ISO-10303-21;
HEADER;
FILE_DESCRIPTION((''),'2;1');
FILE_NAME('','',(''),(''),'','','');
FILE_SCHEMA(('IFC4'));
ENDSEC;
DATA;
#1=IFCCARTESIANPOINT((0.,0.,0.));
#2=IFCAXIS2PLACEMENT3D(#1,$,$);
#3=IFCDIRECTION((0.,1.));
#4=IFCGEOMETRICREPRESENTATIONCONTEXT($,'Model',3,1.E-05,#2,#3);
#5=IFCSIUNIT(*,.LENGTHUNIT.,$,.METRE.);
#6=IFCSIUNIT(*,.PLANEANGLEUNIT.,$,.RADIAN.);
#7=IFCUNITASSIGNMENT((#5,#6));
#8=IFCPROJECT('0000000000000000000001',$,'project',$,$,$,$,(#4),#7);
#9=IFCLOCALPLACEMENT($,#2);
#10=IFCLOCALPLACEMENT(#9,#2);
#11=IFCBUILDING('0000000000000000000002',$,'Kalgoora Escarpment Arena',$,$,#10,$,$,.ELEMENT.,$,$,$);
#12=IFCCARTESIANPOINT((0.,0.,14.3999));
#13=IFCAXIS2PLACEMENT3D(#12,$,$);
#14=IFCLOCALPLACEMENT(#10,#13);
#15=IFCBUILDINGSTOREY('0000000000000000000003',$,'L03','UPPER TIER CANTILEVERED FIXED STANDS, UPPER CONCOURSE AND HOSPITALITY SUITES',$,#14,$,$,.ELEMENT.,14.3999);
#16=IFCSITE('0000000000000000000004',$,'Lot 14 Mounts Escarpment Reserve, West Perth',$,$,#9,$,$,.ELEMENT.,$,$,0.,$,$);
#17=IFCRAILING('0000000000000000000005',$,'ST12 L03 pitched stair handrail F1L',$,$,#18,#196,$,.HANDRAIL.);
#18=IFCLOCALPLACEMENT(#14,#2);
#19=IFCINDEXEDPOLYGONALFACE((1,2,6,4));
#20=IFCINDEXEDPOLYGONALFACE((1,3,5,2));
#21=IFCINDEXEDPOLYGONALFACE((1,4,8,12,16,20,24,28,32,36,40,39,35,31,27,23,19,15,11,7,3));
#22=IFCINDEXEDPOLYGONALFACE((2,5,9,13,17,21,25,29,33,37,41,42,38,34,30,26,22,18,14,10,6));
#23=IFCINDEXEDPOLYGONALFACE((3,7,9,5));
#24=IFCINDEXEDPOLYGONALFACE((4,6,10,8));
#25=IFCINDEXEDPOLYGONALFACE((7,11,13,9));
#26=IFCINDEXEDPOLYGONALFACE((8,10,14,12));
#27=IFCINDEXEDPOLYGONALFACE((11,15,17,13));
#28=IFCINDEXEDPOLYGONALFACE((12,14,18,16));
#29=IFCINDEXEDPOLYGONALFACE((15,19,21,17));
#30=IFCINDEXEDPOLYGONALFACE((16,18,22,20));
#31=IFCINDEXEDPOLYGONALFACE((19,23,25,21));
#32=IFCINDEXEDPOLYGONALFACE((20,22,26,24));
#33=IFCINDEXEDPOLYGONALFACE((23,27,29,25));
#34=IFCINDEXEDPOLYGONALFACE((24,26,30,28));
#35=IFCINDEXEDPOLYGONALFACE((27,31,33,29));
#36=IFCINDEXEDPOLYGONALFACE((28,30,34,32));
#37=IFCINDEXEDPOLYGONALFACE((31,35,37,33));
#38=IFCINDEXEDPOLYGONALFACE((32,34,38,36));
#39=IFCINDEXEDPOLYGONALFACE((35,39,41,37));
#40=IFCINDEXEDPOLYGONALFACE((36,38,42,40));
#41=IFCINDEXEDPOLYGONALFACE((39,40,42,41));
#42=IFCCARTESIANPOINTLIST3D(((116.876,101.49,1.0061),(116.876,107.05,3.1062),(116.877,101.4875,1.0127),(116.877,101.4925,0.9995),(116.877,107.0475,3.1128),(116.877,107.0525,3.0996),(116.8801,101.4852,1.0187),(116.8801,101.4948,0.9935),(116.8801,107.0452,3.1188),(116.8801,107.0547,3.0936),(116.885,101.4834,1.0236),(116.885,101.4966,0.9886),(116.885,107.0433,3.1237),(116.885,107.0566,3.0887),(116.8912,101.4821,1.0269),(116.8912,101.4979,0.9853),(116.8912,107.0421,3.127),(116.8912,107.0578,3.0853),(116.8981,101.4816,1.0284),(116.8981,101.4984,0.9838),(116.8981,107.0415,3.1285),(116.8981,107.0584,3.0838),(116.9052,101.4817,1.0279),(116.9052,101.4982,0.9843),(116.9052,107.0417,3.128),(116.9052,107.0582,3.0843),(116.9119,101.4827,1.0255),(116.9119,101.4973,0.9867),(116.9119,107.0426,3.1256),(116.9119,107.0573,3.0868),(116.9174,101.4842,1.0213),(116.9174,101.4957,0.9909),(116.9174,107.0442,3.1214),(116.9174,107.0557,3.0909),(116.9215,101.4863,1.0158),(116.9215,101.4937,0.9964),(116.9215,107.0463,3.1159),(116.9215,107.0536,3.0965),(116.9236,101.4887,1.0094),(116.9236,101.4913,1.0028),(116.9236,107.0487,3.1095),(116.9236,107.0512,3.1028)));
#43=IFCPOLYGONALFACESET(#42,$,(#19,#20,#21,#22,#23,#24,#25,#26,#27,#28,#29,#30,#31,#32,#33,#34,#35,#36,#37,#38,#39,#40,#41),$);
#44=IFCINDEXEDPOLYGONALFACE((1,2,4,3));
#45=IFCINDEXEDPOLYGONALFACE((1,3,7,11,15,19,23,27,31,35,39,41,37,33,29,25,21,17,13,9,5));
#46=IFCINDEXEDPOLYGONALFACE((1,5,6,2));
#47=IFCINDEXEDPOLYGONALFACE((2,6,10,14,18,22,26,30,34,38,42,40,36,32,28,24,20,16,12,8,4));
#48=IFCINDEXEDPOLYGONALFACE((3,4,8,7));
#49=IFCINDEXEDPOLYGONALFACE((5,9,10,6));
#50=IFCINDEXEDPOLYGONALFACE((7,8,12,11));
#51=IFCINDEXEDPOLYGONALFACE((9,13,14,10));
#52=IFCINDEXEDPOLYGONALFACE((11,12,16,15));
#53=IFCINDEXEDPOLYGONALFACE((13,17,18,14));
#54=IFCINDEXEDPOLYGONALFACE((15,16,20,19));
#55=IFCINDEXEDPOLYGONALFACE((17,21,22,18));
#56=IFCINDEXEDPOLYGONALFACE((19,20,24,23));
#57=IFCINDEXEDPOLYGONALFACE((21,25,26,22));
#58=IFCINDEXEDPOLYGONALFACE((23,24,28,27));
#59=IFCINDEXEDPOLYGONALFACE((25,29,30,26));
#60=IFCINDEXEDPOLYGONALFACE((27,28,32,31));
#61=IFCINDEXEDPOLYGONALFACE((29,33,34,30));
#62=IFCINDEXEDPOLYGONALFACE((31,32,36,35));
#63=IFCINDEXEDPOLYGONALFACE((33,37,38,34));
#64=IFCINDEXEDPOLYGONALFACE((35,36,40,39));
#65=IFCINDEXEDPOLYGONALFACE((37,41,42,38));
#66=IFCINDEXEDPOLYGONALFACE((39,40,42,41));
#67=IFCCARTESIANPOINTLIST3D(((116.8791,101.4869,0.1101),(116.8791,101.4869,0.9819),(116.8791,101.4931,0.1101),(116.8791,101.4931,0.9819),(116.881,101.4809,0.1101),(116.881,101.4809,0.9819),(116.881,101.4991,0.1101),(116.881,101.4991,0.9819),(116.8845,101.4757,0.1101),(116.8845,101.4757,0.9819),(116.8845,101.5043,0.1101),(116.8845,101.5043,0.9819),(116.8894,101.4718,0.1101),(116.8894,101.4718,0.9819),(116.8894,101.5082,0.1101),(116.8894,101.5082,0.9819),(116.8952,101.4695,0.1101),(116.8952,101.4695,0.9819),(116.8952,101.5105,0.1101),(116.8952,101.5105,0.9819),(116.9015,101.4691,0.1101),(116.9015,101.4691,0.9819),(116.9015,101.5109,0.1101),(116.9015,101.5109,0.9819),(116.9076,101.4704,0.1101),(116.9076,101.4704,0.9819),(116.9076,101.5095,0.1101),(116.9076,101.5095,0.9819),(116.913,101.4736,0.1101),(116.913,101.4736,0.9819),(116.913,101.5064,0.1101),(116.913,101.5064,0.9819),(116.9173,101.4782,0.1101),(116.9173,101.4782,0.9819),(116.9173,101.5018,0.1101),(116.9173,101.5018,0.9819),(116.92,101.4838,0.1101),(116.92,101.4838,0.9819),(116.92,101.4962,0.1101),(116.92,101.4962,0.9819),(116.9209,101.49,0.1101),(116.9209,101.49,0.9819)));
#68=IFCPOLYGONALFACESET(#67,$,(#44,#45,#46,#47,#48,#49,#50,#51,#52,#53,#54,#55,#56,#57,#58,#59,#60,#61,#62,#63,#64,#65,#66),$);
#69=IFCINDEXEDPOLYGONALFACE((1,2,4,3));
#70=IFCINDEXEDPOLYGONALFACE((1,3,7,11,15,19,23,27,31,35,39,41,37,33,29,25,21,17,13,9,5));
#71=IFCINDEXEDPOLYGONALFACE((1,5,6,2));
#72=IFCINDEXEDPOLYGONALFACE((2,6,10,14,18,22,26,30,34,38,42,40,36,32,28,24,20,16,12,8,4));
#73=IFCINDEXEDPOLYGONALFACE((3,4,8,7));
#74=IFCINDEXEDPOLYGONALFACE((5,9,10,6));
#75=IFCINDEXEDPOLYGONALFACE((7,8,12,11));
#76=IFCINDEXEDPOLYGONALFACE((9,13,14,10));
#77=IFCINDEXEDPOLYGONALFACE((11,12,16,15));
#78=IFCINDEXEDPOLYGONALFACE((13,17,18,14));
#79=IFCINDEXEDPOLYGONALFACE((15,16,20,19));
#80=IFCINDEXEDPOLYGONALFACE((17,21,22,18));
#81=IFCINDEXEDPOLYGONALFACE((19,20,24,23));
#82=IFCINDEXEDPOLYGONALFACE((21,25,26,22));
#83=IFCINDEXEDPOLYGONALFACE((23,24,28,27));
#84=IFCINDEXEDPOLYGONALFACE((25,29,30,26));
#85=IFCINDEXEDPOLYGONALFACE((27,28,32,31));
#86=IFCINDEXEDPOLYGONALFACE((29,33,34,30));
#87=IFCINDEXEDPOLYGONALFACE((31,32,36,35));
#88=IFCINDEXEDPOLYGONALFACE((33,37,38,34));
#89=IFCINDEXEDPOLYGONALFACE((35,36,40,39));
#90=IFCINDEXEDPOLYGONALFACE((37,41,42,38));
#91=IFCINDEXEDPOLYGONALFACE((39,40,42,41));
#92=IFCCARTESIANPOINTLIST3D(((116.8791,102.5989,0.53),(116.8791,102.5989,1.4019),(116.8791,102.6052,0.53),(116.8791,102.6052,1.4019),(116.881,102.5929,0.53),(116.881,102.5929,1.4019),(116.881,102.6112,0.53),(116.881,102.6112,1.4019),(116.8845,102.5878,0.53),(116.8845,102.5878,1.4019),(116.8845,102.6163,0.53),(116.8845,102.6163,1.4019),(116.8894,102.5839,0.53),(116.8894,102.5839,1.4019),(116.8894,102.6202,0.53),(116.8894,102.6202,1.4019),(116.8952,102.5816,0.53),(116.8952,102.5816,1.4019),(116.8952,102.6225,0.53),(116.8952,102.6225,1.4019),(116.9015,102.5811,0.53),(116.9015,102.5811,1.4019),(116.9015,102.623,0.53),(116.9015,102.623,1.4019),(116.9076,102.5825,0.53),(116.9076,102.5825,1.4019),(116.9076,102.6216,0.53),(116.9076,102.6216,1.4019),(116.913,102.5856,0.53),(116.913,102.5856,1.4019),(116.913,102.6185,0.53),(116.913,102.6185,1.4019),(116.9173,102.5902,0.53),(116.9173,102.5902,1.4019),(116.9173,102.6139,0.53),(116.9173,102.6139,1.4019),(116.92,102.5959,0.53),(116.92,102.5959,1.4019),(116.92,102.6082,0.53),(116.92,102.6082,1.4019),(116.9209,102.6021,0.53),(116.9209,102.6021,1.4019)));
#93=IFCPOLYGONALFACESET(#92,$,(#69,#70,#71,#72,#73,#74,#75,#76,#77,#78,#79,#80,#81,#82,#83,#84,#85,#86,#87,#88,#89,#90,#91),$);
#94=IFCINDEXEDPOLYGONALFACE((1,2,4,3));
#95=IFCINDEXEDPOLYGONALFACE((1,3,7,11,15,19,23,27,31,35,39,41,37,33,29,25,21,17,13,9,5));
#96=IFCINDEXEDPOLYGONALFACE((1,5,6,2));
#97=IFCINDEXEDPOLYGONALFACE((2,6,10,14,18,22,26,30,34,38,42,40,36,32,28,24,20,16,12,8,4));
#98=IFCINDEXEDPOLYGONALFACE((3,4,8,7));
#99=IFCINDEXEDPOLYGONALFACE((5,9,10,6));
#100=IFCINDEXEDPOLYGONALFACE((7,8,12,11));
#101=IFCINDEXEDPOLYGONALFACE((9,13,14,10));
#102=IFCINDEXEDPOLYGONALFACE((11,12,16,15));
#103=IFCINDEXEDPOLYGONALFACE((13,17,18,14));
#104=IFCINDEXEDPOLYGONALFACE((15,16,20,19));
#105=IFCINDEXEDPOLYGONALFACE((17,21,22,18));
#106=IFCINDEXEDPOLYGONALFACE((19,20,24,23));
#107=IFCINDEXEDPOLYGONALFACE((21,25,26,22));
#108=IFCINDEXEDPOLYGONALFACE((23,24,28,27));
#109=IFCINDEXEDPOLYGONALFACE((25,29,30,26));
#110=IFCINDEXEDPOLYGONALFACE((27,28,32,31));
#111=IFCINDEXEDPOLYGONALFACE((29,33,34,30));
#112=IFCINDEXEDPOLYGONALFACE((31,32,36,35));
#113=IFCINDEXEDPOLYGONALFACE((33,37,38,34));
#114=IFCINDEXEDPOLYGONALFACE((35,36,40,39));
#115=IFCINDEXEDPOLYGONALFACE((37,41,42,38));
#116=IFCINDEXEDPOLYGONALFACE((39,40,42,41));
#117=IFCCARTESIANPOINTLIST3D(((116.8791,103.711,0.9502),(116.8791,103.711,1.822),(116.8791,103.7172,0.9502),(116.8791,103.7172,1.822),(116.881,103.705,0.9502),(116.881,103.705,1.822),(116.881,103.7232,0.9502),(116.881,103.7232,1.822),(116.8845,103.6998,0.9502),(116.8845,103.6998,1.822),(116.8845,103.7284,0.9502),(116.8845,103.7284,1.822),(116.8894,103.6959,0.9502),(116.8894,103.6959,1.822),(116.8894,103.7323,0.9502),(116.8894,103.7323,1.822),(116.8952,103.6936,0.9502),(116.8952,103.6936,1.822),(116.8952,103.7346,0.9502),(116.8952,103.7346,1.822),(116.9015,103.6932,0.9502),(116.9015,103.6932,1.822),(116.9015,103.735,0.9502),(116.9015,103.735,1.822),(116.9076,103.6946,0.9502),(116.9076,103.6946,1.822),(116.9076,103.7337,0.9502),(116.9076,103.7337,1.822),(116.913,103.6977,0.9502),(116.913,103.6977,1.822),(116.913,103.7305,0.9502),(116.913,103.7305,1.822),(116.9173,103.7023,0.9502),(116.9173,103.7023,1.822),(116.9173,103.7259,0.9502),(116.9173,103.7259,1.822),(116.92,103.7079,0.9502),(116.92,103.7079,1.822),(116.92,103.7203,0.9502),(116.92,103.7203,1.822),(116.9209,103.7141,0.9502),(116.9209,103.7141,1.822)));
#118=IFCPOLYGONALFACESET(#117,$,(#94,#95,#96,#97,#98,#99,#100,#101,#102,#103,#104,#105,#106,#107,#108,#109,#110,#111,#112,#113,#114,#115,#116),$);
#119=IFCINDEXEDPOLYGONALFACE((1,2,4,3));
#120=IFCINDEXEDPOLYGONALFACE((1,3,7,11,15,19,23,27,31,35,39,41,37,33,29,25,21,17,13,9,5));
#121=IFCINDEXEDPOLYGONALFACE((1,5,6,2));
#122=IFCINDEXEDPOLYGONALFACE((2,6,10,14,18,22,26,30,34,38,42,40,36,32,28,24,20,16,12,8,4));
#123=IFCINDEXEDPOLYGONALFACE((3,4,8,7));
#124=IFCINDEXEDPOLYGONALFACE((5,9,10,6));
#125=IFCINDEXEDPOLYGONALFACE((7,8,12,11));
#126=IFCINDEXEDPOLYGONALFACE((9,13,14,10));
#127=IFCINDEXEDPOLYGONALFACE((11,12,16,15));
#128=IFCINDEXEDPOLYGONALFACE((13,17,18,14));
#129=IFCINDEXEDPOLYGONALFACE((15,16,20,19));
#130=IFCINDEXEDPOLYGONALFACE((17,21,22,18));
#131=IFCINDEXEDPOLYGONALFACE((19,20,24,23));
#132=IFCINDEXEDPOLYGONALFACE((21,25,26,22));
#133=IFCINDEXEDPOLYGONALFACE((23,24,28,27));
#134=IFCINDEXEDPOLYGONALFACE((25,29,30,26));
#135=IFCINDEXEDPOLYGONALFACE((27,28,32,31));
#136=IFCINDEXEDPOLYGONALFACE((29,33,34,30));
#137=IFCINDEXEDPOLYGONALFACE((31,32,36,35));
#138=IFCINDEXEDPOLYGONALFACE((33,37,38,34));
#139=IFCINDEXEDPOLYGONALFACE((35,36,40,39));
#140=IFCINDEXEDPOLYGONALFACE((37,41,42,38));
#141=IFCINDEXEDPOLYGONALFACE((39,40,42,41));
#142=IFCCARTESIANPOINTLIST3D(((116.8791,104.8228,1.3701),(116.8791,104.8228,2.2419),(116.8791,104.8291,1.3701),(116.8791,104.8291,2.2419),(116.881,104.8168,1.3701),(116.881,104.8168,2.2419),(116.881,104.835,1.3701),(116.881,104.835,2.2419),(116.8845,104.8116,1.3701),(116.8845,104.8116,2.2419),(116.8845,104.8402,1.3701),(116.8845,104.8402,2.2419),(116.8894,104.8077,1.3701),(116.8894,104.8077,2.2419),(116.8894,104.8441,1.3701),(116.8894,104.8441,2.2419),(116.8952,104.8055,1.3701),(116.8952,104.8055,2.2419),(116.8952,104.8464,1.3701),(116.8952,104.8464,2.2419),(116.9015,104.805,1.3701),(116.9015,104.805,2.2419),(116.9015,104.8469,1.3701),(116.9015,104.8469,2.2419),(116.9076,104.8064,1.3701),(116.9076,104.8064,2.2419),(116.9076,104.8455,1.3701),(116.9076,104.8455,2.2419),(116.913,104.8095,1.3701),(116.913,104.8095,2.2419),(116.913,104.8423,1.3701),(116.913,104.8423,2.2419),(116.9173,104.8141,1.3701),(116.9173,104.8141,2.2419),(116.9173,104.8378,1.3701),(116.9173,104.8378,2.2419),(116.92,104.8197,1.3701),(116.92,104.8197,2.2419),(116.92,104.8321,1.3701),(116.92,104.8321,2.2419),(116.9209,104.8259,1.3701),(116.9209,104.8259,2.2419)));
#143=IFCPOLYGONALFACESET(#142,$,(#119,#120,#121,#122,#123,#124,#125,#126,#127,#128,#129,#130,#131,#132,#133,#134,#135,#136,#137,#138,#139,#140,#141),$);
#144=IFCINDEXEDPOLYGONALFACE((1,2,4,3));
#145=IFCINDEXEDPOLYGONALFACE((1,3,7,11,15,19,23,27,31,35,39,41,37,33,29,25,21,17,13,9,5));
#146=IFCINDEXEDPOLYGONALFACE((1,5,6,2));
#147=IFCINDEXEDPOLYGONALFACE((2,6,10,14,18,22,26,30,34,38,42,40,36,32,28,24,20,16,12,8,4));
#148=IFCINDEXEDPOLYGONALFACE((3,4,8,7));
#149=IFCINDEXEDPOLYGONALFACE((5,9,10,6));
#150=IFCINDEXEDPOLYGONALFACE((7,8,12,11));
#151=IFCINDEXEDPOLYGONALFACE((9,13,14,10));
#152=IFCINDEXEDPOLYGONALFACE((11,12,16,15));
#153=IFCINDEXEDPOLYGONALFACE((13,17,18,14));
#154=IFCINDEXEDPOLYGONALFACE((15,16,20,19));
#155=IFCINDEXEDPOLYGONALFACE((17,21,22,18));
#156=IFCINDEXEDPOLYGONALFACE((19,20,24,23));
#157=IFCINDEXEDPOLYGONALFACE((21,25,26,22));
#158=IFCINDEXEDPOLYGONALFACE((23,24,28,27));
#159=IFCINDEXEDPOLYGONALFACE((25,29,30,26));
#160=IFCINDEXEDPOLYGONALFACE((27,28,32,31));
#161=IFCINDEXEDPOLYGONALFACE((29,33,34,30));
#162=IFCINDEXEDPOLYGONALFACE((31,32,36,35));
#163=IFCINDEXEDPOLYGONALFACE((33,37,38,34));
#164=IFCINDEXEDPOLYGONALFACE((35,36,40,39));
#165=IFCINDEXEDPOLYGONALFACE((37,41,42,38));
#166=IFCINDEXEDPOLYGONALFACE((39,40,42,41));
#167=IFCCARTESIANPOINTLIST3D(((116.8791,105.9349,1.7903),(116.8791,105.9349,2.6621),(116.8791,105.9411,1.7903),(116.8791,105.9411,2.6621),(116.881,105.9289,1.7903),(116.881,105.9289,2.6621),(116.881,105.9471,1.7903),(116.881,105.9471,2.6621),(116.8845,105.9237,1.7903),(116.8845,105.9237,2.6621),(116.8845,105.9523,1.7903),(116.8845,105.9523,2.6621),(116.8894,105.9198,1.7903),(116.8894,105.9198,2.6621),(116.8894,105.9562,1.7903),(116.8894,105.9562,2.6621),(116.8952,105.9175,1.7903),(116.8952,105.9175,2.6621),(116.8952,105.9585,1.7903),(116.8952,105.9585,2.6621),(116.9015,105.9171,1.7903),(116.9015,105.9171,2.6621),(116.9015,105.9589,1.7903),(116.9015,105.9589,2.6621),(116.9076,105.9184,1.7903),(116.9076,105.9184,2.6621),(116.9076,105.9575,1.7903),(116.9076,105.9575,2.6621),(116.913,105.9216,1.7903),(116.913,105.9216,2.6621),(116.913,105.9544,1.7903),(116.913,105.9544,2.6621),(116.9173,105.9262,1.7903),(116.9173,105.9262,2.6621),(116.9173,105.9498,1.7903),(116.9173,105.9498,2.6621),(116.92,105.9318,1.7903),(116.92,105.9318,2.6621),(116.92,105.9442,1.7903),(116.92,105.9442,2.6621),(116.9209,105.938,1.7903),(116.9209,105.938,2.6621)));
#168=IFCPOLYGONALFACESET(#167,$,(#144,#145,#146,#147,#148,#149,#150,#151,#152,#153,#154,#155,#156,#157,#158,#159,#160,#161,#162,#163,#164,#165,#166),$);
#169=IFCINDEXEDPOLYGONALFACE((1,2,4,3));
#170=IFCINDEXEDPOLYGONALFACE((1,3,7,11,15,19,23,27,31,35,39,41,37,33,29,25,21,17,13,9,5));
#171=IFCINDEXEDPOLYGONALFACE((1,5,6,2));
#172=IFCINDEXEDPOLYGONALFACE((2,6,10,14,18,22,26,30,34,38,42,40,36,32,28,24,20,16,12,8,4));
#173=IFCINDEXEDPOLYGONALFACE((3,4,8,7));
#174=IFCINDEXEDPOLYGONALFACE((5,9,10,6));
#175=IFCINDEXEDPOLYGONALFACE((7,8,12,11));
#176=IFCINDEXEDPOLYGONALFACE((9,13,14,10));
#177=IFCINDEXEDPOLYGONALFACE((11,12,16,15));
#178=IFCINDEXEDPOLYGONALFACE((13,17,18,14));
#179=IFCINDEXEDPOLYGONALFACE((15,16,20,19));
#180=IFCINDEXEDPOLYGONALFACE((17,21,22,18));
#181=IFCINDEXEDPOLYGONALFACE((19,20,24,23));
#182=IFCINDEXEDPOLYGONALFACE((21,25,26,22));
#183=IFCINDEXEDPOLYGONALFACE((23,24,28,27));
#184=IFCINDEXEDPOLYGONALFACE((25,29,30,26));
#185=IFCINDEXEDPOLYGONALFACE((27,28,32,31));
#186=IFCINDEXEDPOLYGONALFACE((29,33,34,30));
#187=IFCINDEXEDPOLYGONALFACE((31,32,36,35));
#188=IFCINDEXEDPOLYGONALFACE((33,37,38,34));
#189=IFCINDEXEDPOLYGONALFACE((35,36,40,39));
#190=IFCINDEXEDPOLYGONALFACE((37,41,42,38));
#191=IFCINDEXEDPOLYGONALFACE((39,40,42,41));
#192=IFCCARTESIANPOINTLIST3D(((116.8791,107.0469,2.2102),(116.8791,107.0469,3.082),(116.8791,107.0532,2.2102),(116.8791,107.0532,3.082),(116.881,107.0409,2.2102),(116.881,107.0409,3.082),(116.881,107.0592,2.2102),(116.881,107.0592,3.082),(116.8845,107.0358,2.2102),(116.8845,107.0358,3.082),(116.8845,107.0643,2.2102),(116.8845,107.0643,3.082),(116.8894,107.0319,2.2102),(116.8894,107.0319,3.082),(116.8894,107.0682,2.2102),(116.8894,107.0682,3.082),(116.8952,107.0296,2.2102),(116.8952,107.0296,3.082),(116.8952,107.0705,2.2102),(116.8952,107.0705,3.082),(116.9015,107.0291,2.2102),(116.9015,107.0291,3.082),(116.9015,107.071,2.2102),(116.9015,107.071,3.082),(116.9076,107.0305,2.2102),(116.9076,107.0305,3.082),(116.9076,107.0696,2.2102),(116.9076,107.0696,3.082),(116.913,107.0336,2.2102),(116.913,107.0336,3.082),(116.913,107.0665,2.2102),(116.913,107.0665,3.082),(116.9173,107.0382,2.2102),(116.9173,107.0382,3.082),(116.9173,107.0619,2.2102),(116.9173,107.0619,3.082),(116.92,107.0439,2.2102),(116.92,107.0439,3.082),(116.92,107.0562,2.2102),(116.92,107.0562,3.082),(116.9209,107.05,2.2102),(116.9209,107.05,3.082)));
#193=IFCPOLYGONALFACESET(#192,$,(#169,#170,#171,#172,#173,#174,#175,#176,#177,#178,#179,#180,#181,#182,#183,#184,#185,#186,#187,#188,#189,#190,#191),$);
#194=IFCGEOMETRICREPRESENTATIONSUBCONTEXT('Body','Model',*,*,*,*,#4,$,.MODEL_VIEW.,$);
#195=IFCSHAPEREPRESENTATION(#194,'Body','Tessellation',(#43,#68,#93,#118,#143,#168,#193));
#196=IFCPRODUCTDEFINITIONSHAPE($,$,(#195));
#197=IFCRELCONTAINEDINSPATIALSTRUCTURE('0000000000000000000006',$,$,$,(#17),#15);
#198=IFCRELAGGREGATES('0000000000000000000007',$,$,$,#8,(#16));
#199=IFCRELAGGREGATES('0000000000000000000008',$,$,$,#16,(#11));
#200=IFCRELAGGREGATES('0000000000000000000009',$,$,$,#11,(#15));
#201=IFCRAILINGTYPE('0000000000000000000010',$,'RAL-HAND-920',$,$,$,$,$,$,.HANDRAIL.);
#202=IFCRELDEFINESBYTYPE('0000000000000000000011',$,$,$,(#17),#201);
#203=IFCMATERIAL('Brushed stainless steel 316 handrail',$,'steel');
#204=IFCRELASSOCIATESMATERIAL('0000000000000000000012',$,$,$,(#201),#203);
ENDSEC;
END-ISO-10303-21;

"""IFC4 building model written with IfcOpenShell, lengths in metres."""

from ifc_helpers import new_model, si_unit, direction, frame, origin, origin_2d, place, context, subcontext, project, spatial, circle, extrude, material, type_object, element, save


model = new_model("IFC4")

# Units and contexts
model_context = context("Model", 3, precision=1e-05, world=origin(), true_north=direction((0.0, 1.0)))
body_context = subcontext(model_context, "Body", "Model", "MODEL_VIEW")
ifc_project = project(units=[si_unit("LENGTHUNIT", "METRE"), si_unit("PLANEANGLEUNIT", "RADIAN")], contexts=[model_context])

# Site, building, storey
site_placement = place(None, origin())
site = spatial("IfcSite", under=ifc_project, at=site_placement, Name="Lot 14 Mounts Escarpment Reserve, West Perth", CompositionType="ELEMENT", RefElevation=0.0)
building_placement = place(site_placement, origin())
building = spatial("IfcBuilding", under=site, at=building_placement, Name="Kalgoora Escarpment Arena", CompositionType="ELEMENT")
storey_placement = place(building_placement, frame((0.0, 0.0, 14.3999)))
storey = spatial("IfcBuildingStorey", under=building, at=storey_placement, Name="L03", Description="UPPER TIER CANTILEVERED FIXED STANDS, UPPER CONCOURSE AND HOSPITALITY SUITES", CompositionType="ELEMENT", Elevation=14.3999)

# Railing
ifc_material_1 = material(Name="Brushed stainless steel 316 handrail", Category="steel")
railing_type_1 = type_object("IfcRailingType", Name="RAL-HAND-920", PredefinedType="HANDRAIL", material=ifc_material_1)
railing_1_placement = place(storey_placement, frame((116.8999, 101.49, 0.1101)))
element("IfcRailing", 1, at=railing_1_placement, inside=storey, type_object=railing_type_1, Name="ST12 L03 pitched stair handrail F1L", PredefinedType="HANDRAIL", context=body_context, shape_type="SweptSolid", body=[
    extrude(circle(Radius=0.0239, at=origin_2d()), frame((0.0, 0.0, 0.896), z_axis=(0.0, 0.935493, 0.353346), x_axis=(-1.0, 0.0, 0.0)), (0.0, 0.0, 1.0), 5.9434),
    extrude(circle(Radius=0.021, at=origin_2d()), origin(), (0.0, 0.0, 1.0), 0.8718),
    extrude(circle(Radius=0.021, at=origin_2d()), frame((0.0, 1.1121, 0.4199)), (0.0, 0.0, 1.0), 0.8718),
    extrude(circle(Radius=0.021, at=origin_2d()), frame((0.0, 2.2241, 0.8401)), (0.0, 0.0, 1.0), 0.8718),
    extrude(circle(Radius=0.021, at=origin_2d()), frame((0.0, 3.3359, 1.26)), (0.0, 0.0, 1.0), 0.8718),
    extrude(circle(Radius=0.021, at=origin_2d()), frame((0.0, 4.448, 1.6802)), (0.0, 0.0, 1.0), 0.8718),
    extrude(circle(Radius=0.021, at=origin_2d()), frame((0.0, 5.5601, 2.1001)), (0.0, 0.0, 1.0), 0.8718),
])

save(model, "model.ifc")
